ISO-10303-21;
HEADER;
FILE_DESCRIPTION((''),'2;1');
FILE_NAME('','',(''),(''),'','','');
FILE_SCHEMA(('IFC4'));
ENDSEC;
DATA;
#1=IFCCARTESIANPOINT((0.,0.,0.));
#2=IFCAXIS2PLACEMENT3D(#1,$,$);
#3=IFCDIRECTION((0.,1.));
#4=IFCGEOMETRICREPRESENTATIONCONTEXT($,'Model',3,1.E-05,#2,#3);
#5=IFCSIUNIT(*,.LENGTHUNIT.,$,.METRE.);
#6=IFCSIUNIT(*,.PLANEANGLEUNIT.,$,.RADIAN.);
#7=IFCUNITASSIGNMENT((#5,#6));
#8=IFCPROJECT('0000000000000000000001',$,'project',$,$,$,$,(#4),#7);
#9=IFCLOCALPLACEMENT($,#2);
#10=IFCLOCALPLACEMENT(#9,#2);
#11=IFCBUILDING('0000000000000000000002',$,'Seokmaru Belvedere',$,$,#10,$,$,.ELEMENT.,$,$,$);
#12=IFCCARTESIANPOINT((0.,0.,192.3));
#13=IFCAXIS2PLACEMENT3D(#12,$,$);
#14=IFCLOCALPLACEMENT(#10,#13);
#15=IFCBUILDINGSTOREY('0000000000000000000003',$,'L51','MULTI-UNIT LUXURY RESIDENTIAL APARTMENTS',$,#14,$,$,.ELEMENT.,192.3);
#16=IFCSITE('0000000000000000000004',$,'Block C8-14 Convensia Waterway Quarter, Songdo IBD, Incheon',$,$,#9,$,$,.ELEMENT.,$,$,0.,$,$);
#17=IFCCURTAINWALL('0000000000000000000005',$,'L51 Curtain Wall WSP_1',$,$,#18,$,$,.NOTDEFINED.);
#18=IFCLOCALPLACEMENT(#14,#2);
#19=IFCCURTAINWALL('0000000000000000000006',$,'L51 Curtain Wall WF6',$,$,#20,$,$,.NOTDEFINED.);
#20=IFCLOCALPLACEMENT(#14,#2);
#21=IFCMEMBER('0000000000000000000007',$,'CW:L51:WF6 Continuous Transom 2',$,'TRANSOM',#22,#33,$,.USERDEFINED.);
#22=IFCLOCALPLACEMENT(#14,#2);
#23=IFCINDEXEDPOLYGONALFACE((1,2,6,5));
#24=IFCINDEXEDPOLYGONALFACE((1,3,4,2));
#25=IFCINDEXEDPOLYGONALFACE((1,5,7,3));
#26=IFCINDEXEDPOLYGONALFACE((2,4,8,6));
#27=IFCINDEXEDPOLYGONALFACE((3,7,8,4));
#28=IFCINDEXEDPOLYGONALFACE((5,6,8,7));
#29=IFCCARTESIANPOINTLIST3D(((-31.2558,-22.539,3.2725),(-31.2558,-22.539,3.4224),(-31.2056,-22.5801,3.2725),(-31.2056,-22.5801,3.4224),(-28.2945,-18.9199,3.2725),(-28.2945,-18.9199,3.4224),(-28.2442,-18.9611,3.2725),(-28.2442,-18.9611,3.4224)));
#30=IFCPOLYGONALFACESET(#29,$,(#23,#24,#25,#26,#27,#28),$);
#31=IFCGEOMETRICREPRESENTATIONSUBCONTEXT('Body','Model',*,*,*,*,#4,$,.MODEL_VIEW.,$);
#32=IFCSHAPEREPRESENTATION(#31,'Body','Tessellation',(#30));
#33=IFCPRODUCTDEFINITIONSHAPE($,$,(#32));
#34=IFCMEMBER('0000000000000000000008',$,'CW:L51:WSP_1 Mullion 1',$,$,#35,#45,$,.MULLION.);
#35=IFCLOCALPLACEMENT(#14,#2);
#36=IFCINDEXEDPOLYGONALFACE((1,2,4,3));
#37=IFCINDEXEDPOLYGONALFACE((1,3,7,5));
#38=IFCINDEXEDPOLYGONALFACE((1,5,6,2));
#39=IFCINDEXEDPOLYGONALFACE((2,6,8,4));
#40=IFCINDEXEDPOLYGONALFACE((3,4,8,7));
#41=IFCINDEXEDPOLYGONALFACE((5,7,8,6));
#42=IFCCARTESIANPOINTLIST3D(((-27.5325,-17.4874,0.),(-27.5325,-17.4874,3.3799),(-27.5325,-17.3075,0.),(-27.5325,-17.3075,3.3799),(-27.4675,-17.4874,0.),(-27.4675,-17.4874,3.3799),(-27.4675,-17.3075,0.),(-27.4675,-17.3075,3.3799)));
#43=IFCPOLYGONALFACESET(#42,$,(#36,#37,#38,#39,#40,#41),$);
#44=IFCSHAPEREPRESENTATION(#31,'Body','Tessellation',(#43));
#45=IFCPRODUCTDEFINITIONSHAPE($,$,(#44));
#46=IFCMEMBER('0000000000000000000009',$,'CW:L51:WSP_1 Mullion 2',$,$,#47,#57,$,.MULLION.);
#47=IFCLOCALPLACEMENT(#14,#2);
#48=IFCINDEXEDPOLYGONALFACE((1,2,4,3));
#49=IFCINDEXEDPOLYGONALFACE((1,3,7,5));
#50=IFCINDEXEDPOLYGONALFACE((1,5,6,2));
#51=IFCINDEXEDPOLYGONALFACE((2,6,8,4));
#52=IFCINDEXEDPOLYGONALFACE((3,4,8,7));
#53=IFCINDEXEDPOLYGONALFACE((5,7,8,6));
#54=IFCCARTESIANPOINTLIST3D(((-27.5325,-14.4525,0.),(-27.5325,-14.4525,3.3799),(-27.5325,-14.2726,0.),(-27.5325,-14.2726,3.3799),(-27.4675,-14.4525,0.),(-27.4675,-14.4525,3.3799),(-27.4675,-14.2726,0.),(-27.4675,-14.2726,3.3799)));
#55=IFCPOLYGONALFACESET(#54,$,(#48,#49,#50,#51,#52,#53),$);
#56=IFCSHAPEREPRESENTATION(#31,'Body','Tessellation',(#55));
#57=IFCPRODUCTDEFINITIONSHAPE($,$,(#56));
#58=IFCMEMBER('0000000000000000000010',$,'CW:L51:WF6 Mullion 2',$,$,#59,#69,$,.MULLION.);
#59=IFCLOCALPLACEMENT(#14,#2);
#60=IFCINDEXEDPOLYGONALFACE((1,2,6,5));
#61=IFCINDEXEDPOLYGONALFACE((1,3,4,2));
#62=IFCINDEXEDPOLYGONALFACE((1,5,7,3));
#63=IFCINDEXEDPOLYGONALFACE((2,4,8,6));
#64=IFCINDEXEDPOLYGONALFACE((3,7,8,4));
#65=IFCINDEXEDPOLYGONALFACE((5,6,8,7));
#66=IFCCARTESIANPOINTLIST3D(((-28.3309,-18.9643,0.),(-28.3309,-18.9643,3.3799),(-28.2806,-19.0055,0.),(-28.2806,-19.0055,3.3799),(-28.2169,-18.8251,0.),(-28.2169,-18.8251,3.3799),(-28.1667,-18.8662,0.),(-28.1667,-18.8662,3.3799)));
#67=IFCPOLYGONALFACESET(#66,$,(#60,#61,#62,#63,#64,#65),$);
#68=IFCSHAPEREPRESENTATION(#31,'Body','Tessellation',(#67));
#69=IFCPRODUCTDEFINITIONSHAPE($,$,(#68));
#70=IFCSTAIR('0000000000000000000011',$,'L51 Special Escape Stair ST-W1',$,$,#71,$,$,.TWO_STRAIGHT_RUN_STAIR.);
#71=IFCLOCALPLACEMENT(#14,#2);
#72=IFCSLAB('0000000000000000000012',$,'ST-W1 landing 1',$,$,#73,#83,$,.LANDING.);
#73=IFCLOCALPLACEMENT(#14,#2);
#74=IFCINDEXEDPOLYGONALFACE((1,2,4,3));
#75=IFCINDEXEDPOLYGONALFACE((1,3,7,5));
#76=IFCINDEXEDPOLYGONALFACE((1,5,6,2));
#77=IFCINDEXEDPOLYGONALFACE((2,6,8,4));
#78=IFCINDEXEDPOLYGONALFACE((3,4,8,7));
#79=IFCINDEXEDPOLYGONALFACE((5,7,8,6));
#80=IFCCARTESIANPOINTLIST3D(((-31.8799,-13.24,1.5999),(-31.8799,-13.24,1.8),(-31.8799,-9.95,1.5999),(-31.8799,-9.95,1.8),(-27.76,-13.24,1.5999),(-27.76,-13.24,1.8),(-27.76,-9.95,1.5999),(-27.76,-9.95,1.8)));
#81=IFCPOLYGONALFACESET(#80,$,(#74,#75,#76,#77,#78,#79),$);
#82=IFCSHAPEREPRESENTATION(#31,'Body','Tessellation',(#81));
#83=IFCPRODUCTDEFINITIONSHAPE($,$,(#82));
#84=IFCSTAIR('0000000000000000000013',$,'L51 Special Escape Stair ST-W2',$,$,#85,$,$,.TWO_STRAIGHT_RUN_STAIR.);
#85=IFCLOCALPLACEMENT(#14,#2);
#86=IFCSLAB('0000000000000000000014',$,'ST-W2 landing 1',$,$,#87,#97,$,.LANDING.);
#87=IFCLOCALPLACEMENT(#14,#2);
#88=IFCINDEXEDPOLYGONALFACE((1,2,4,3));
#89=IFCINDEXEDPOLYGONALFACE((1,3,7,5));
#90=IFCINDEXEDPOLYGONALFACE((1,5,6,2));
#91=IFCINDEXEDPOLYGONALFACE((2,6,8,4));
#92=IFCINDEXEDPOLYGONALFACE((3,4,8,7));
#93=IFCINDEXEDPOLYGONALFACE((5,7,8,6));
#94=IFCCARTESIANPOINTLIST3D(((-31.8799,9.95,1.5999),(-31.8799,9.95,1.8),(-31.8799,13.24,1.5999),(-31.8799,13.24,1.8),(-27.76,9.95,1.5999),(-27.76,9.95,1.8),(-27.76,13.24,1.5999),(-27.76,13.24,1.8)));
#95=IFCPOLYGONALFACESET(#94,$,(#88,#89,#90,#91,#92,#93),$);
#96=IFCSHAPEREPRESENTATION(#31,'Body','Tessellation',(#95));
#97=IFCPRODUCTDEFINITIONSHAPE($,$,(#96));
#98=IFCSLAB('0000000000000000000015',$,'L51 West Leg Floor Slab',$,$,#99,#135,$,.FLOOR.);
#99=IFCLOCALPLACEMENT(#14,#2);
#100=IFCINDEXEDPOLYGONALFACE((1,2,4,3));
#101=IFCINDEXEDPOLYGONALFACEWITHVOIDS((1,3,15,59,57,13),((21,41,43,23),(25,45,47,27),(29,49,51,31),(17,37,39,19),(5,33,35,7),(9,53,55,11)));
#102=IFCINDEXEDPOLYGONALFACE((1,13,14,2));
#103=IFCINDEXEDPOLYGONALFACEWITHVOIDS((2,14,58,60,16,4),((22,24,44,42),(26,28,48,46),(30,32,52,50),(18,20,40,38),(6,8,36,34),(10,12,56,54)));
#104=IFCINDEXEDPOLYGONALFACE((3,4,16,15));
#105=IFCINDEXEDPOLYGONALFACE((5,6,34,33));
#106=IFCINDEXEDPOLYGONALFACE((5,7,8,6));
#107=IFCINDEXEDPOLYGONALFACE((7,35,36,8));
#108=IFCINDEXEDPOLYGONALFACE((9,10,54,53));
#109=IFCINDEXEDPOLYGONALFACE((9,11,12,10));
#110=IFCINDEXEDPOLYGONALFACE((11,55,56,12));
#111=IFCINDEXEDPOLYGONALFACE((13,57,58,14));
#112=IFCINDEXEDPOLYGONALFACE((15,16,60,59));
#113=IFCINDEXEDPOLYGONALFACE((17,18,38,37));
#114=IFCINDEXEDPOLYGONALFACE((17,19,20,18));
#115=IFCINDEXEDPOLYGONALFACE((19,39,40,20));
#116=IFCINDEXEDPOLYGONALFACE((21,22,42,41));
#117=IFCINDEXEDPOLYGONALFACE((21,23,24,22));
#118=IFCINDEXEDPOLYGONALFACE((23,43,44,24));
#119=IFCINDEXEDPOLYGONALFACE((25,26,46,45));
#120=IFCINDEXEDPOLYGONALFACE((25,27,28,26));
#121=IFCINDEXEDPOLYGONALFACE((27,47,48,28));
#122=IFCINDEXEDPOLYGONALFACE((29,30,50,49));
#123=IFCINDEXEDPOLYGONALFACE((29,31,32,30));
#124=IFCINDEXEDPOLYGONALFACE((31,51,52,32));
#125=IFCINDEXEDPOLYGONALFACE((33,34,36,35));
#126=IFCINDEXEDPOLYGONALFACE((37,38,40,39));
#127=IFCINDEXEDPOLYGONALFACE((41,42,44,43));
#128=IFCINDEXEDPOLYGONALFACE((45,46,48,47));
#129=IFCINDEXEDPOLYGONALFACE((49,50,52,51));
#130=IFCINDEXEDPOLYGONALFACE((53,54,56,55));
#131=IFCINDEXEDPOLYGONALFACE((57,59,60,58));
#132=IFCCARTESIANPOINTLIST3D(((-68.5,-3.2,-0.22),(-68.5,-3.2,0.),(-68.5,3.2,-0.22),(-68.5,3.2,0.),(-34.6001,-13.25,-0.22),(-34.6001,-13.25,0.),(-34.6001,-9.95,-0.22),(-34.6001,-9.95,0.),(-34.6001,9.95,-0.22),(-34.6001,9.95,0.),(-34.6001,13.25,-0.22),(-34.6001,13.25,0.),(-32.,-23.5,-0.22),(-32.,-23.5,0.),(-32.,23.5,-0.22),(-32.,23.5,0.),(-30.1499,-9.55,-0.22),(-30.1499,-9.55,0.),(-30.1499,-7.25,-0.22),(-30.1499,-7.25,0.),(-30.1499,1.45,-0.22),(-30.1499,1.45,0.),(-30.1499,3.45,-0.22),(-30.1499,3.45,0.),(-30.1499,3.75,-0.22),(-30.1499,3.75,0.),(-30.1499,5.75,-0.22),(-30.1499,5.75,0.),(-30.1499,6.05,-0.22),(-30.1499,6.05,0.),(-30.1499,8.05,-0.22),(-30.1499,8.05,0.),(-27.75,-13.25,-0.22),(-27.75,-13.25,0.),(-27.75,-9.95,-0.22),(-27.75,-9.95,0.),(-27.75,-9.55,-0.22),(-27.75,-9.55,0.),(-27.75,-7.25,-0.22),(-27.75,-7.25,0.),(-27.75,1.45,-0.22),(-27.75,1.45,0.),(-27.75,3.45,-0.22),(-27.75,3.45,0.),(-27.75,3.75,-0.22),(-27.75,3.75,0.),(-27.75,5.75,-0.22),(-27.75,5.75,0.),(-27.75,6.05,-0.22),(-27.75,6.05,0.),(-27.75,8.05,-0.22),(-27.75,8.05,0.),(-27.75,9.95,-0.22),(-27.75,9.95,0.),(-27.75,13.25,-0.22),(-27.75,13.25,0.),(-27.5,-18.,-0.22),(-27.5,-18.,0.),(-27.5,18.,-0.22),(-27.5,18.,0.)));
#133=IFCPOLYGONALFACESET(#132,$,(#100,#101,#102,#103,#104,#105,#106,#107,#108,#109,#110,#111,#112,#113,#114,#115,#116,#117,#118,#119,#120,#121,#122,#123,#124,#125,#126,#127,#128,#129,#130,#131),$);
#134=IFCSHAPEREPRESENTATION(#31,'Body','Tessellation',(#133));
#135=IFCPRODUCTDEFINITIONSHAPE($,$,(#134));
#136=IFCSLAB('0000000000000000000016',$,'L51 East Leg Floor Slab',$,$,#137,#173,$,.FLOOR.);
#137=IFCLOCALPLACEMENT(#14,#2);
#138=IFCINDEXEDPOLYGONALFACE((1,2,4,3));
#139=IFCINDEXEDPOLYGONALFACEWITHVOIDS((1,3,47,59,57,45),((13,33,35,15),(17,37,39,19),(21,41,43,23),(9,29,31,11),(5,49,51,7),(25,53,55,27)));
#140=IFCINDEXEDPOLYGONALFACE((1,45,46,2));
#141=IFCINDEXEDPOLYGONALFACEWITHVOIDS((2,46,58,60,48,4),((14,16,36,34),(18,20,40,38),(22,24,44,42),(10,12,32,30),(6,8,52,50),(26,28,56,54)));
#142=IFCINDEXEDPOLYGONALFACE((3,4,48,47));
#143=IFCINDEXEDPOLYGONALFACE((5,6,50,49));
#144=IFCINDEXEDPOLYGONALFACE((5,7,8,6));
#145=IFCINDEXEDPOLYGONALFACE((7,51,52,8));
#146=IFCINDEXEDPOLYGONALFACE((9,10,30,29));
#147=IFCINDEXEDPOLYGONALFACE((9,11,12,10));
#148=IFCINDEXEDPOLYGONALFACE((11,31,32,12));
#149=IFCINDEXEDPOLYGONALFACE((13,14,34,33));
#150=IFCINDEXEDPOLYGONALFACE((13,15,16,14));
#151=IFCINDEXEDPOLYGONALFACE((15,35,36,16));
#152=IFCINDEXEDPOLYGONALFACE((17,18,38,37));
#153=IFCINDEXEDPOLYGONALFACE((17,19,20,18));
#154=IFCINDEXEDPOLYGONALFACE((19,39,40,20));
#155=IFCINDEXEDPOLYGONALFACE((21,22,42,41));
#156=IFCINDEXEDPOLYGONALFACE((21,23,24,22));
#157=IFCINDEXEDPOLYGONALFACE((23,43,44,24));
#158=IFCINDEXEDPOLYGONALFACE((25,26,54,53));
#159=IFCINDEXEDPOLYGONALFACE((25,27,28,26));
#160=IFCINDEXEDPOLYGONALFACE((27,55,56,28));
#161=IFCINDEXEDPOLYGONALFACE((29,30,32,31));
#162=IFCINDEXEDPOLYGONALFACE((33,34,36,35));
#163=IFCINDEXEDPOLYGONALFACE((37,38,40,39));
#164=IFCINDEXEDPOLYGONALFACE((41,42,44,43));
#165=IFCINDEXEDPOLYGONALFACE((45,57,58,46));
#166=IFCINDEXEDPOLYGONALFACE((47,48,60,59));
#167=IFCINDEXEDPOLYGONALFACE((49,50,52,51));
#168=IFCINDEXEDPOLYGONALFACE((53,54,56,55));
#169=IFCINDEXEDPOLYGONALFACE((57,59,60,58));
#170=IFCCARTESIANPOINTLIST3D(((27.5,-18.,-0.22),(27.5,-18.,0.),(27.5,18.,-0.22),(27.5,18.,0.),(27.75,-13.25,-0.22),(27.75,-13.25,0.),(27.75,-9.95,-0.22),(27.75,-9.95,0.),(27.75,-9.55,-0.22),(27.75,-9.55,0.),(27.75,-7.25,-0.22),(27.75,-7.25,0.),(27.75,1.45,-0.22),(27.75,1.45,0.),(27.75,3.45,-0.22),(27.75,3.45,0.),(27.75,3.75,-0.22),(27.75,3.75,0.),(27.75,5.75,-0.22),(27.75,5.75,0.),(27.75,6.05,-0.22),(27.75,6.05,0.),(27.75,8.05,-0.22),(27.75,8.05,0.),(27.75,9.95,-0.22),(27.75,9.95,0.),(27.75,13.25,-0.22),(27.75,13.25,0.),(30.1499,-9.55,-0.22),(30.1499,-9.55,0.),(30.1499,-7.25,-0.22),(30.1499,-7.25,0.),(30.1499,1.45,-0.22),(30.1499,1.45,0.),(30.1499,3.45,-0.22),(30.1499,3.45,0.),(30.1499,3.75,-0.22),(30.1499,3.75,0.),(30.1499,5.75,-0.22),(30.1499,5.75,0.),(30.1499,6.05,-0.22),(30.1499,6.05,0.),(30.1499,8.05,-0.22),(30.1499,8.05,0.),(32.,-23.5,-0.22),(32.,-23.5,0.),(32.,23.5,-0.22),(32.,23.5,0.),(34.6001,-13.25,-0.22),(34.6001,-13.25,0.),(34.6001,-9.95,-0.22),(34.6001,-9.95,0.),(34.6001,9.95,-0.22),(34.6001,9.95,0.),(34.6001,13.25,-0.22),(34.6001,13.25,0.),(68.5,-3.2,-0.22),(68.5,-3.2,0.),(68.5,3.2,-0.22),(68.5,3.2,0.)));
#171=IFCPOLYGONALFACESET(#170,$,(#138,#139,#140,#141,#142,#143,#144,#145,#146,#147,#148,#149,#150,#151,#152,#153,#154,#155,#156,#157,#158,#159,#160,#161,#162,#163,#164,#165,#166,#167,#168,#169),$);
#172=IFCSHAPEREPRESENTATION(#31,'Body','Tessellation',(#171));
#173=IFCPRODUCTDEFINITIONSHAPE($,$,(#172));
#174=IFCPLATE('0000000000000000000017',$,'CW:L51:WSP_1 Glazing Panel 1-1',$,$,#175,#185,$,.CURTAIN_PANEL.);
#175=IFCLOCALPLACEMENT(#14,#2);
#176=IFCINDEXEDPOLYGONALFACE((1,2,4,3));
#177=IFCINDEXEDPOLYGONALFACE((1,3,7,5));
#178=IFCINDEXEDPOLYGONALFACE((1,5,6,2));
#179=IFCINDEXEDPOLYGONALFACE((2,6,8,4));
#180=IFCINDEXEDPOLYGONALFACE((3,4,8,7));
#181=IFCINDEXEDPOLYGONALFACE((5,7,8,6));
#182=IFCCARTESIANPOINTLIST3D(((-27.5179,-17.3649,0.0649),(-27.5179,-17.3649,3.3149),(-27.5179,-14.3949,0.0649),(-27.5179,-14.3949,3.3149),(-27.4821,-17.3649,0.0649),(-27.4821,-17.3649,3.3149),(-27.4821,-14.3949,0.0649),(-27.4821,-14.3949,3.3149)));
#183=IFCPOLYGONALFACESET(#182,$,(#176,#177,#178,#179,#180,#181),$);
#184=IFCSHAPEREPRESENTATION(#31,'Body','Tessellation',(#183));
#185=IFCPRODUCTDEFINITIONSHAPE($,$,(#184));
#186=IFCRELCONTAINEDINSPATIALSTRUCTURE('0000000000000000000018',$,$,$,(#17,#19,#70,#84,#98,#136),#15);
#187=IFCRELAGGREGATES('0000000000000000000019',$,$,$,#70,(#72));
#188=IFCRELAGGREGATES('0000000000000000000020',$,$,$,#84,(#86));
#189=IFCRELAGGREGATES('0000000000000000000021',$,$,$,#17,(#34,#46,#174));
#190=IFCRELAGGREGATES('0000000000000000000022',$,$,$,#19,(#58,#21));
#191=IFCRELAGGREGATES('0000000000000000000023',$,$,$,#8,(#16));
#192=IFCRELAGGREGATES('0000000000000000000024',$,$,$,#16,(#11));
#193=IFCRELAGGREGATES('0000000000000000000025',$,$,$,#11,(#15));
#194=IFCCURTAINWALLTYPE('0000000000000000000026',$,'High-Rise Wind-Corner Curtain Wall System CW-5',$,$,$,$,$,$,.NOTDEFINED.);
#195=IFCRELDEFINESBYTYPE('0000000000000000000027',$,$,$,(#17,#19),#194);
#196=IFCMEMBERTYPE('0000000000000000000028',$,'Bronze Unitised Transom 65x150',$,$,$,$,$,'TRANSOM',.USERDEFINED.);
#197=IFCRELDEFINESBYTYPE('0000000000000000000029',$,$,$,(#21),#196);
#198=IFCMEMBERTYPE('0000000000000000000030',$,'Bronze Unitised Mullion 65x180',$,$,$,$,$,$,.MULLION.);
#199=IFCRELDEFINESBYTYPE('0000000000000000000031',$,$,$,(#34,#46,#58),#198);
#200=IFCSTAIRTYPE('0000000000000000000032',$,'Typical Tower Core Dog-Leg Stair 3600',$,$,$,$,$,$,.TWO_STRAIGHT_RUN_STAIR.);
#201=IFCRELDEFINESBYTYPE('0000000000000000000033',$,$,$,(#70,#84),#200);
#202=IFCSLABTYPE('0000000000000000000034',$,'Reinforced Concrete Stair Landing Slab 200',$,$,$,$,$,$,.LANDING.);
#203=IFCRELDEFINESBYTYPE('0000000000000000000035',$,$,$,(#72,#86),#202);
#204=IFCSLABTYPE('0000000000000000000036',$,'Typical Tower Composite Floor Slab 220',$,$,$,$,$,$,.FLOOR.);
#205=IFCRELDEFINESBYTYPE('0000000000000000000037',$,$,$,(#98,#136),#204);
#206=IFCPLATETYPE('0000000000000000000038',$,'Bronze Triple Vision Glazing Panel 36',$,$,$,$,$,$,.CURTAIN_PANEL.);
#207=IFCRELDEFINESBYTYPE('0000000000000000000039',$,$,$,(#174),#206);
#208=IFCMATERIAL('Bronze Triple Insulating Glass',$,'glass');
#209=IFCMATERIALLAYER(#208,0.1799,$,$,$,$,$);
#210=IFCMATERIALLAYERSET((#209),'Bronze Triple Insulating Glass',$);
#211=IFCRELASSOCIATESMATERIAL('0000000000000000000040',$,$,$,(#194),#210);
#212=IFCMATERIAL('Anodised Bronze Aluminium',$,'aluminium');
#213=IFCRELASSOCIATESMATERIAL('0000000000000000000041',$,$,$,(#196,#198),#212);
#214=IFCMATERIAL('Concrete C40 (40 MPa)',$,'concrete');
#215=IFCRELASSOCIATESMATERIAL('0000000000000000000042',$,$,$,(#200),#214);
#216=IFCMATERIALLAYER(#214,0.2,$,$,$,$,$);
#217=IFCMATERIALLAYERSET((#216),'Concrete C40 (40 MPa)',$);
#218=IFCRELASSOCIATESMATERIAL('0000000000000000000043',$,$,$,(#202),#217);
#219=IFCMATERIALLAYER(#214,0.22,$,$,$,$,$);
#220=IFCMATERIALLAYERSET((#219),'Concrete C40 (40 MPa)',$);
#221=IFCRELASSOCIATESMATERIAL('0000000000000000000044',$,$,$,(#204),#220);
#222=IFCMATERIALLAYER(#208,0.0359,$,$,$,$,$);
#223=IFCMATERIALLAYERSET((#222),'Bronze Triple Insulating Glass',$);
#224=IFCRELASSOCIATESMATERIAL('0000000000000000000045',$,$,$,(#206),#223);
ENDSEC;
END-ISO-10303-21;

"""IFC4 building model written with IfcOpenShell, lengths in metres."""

from ifc_helpers import new_model, si_unit, direction, frame, origin, origin_2d, place, context, subcontext, project, spatial, polyline, rectangle, outline, extrude, source, transform, mapped, material, layer, layer_set, material_profile, profile_set, type_object, type_shapes, element, aggregate, save


model = new_model("IFC4")

# Units and contexts
model_context = context("Model", 3, precision=1e-05, world=origin(), true_north=direction((0.0, 1.0)))
body_context = subcontext(model_context, "Body", "Model", "MODEL_VIEW")
ifc_project = project(units=[si_unit("LENGTHUNIT", "METRE"), si_unit("PLANEANGLEUNIT", "RADIAN")], contexts=[model_context])

# Site, building, storey
site_placement = place(None, origin())
site = spatial("IfcSite", under=ifc_project, at=site_placement, Name="Block C8-14 Convensia Waterway Quarter, Songdo IBD, Incheon", CompositionType="ELEMENT", RefElevation=0.0)
building_placement = place(site_placement, origin())
building = spatial("IfcBuilding", under=site, at=building_placement, Name="Seokmaru Belvedere", CompositionType="ELEMENT")
storey_placement = place(building_placement, frame((0.0, 0.0, 192.3)))
storey = spatial("IfcBuildingStorey", under=building, at=storey_placement, Name="L51", Description="MULTI-UNIT LUXURY RESIDENTIAL APARTMENTS", CompositionType="ELEMENT", Elevation=192.3)

# Curtain wall
ifc_material_1 = material(Name="Bronze Triple Insulating Glass", Category="glass")
ifc_layer_1 = layer(ifc_material_1, 0.1799)
ifc_layer_set_1 = layer_set([ifc_layer_1], Name="Bronze Triple Insulating Glass")
curtain_wall_type = type_object("IfcCurtainWallType", Name="High-Rise Wind-Corner Curtain Wall System CW-5", PredefinedType="NOTDEFINED", material=ifc_layer_set_1)
curtain_wall_1_placement = place(storey_placement, origin())
curtain_wall_1 = element("IfcCurtainWall", 1, at=curtain_wall_1_placement, inside=storey, type_object=curtain_wall_type, Name="L51 Curtain Wall WSP_1", PredefinedType="NOTDEFINED")
ifc_material_2 = material(Name="Anodised Bronze Aluminium", Category="aluminium")
ifc_material_profile_1 = material_profile(ifc_material_2, rectangle(XDim=0.0649, YDim=0.1499, at=origin_2d()), Name="CW-T-65x150")
ifc_profile_set_1 = profile_set([ifc_material_profile_1], Name="Anodised Bronze Aluminium")
member_type_1 = type_object("IfcMemberType", Name="Bronze Unitised Transom 65x150", ElementType="TRANSOM", PredefinedType="USERDEFINED", material=ifc_profile_set_1)

# Curtain wall, member
curtain_wall_2_placement = place(storey_placement, origin())
curtain_wall_2 = element("IfcCurtainWall", 2, at=curtain_wall_2_placement, inside=storey, type_object=curtain_wall_type, Name="L51 Curtain Wall WF6", PredefinedType="NOTDEFINED")
shared_shape_1 = source(origin(), body_context, "Body", "SweptSolid", [
    extrude(rectangle(XDim=0.0649, YDim=0.1499, at=origin_2d()), origin(), (0.0, 0.0, 1.0), 4.6763),
])
member_1_placement = place(storey_placement, frame((-31.2307, -22.5596, 3.3474), z_axis=(0.633278, 0.773925, 0.0), x_axis=(-0.773925, 0.633278, 0.0)))
member_1 = element("IfcMember", 3, at=member_1_placement, type_object=member_type_1, Name="CW:L51:WF6 Continuous Transom 2", ObjectType="TRANSOM", PredefinedType="USERDEFINED", context=body_context, shape_type="MappedRepresentation", body=[
    mapped(shared_shape_1, transform((0.0, 0.0, 0.0), scale=1.0)),
])

# Members
ifc_material_profile_2 = material_profile(ifc_material_2, rectangle(XDim=0.0649, YDim=0.1799, at=origin_2d()), Name="CW-M-65x180")
ifc_profile_set_2 = profile_set([ifc_material_profile_2], Name="Anodised Bronze Aluminium")
member_type_2 = type_object("IfcMemberType", Name="Bronze Unitised Mullion 65x180", PredefinedType="MULLION", material=ifc_profile_set_2)
shared_shape_2 = source(origin(), body_context, "Body", "SweptSolid", [
    extrude(rectangle(XDim=0.0649, YDim=0.1799, at=origin_2d()), origin(), (0.0, 0.0, 1.0), 3.3799),
])
type_shapes(member_type_2, [shared_shape_2])
member_2_placement = place(storey_placement, frame((-27.5, -17.3975, 0.0), z_axis=(0.0, 0.0, 1.0), x_axis=(-1.0, 0.0, 0.0)))
member_2 = element("IfcMember", 4, at=member_2_placement, type_object=member_type_2, Name="CW:L51:WSP_1 Mullion 1", PredefinedType="MULLION", context=body_context, shape_type="MappedRepresentation", body=[
    mapped(shared_shape_2, transform((0.0, 0.0, 0.0), scale=1.0)),
])
member_3_placement = place(storey_placement, frame((-27.5, -14.3625, 0.0), z_axis=(0.0, 0.0, 1.0), x_axis=(-1.0, 0.0, 0.0)))
member_3 = element("IfcMember", 5, at=member_3_placement, type_object=member_type_2, Name="CW:L51:WSP_1 Mullion 2", PredefinedType="MULLION", context=body_context, shape_type="MappedRepresentation", body=[
    mapped(shared_shape_2, transform((0.0, 0.0, 0.0), scale=1.0)),
])
member_4_placement = place(storey_placement, frame((-28.2488, -18.9153, 0.0), z_axis=(0.0, 0.0, 1.0), x_axis=(-0.773944, 0.633254, 0.0)))
member_4 = element("IfcMember", 6, at=member_4_placement, type_object=member_type_2, Name="CW:L51:WF6 Mullion 2", PredefinedType="MULLION", context=body_context, shape_type="MappedRepresentation", body=[
    mapped(shared_shape_2, transform((0.0, 0.0, 0.0), scale=1.0)),
])

# Stairs, slabs
ifc_material_3 = material(Name="Concrete C40 (40 MPa)", Category="concrete")
stair_type = type_object("IfcStairType", Name="Typical Tower Core Dog-Leg Stair 3600", PredefinedType="TWO_STRAIGHT_RUN_STAIR", material=ifc_material_3)
stair_1_placement = place(storey_placement, origin())
stair_1 = element("IfcStair", 7, at=stair_1_placement, inside=storey, type_object=stair_type, Name="L51 Special Escape Stair ST-W1", PredefinedType="TWO_STRAIGHT_RUN_STAIR")
ifc_layer_2 = layer(ifc_material_3, 0.2)
ifc_layer_set_2 = layer_set([ifc_layer_2], Name="Concrete C40 (40 MPa)")
slab_type_1 = type_object("IfcSlabType", Name="Reinforced Concrete Stair Landing Slab 200", PredefinedType="LANDING", material=ifc_layer_set_2)
slab_1_placement = place(storey_placement, frame((0.0, 0.0, 1.5999)))
slab_1 = element("IfcSlab", 8, at=slab_1_placement, type_object=slab_type_1, Name="ST-W1 landing 1", PredefinedType="LANDING", context=body_context, shape_type="SweptSolid", body=[
    extrude(outline(polyline([(-31.8799, -13.24), (-27.76, -13.24), (-27.76, -9.95), (-31.8799, -9.95), (-31.8799, -13.24)])), origin(), (0.0, 0.0, 1.0), 0.2002),
])
aggregate(stair_1, [slab_1])
stair_2_placement = place(storey_placement, origin())
stair_2 = element("IfcStair", 9, at=stair_2_placement, inside=storey, type_object=stair_type, Name="L51 Special Escape Stair ST-W2", PredefinedType="TWO_STRAIGHT_RUN_STAIR")
slab_2_placement = place(storey_placement, frame((0.0, 0.0, 1.5999)))
slab_2 = element("IfcSlab", 10, at=slab_2_placement, type_object=slab_type_1, Name="ST-W2 landing 1", PredefinedType="LANDING", context=body_context, shape_type="SweptSolid", body=[
    extrude(outline(polyline([(-31.8799, 9.95), (-27.76, 9.95), (-27.76, 13.24), (-31.8799, 13.24), (-31.8799, 9.95)])), origin(), (0.0, 0.0, 1.0), 0.2002),
])
aggregate(stair_2, [slab_2])

# Slabs
ifc_layer_3 = layer(ifc_material_3, 0.22)
ifc_layer_set_3 = layer_set([ifc_layer_3], Name="Concrete C40 (40 MPa)")
slab_type_2 = type_object("IfcSlabType", Name="Typical Tower Composite Floor Slab 220", PredefinedType="FLOOR", material=ifc_layer_set_3)
slab_3_placement = place(storey_placement, frame((0.0, 0.0, -0.22)))
element("IfcSlab", 11, at=slab_3_placement, inside=storey, type_object=slab_type_2, Name="L51 West Leg Floor Slab", PredefinedType="FLOOR", context=body_context, shape_type="SweptSolid", body=[
    extrude(outline(polyline([(-27.5, -18.0), (-27.5, 18.0), (-32.0, 23.5), (-68.5, 3.2), (-68.5, -3.2), (-32.0, -23.5), (-27.5, -18.0)]), holes=[polyline([(-34.6001, -13.25), (-27.75, -13.25), (-27.75, -9.95), (-34.6001, -9.95), (-34.6001, -13.25)]), polyline([(-34.6001, 9.95), (-27.75, 9.95), (-27.75, 13.25), (-34.6001, 13.25), (-34.6001, 9.95)]), polyline([(-30.1499, -9.55), (-27.75, -9.55), (-27.75, -7.25), (-30.1499, -7.25), (-30.1499, -9.55)]), polyline([(-30.1499, 1.45), (-27.75, 1.45), (-27.75, 3.45), (-30.1499, 3.45), (-30.1499, 1.45)]), polyline([(-30.1499, 3.75), (-27.75, 3.75), (-27.75, 5.75), (-30.1499, 5.75), (-30.1499, 3.75)]), polyline([(-30.1499, 6.05), (-27.75, 6.05), (-27.75, 8.05), (-30.1499, 8.05), (-30.1499, 6.05)])]), origin(), (0.0, 0.0, 1.0), 0.22),
])
slab_4_placement = place(storey_placement, frame((0.0, 0.0, -0.22)))
element("IfcSlab", 12, at=slab_4_placement, inside=storey, type_object=slab_type_2, Name="L51 East Leg Floor Slab", PredefinedType="FLOOR", context=body_context, shape_type="SweptSolid", body=[
    extrude(outline(polyline([(32.0, -23.5), (68.5, -3.2), (68.5, 3.2), (32.0, 23.5), (27.5, 18.0), (27.5, -18.0), (32.0, -23.5)]), holes=[polyline([(27.75, -13.25), (34.6001, -13.25), (34.6001, -9.95), (27.75, -9.95), (27.75, -13.25)]), polyline([(27.75, 9.95), (34.6001, 9.95), (34.6001, 13.25), (27.75, 13.25), (27.75, 9.95)]), polyline([(27.75, -9.55), (30.1499, -9.55), (30.1499, -7.25), (27.75, -7.25), (27.75, -9.55)]), polyline([(27.75, 1.45), (30.1499, 1.45), (30.1499, 3.45), (27.75, 3.45), (27.75, 1.45)]), polyline([(27.75, 3.75), (30.1499, 3.75), (30.1499, 5.75), (27.75, 5.75), (27.75, 3.75)]), polyline([(27.75, 6.05), (30.1499, 6.05), (30.1499, 8.05), (27.75, 8.05), (27.75, 6.05)])]), origin(), (0.0, 0.0, 1.0), 0.22),
])

# Plate
ifc_layer_4 = layer(ifc_material_1, 0.0359)
ifc_layer_set_4 = layer_set([ifc_layer_4], Name="Bronze Triple Insulating Glass")
plate_type = type_object("IfcPlateType", Name="Bronze Triple Vision Glazing Panel 36", PredefinedType="CURTAIN_PANEL", material=ifc_layer_set_4)
shared_shape_3 = source(origin(), body_context, "Body", "SweptSolid", [
    extrude(rectangle(XDim=2.97, YDim=0.0359, at=origin_2d()), origin(), (0.0, 0.0, 1.0), 3.25),
])
plate_1_placement = place(storey_placement, frame((-27.5, -15.8799, 0.0649), z_axis=(0.0, 0.0, 1.0), x_axis=(0.0, 1.0, 0.0)))
plate_1 = element("IfcPlate", 13, at=plate_1_placement, type_object=plate_type, Name="CW:L51:WSP_1 Glazing Panel 1-1", PredefinedType="CURTAIN_PANEL", context=body_context, shape_type="MappedRepresentation", body=[
    mapped(shared_shape_3, transform((0.0, 0.0, 0.0), scale=1.0)),
])
aggregate(curtain_wall_1, [member_2, member_3, plate_1])
aggregate(curtain_wall_2, [member_4, member_1])

save(model, "model.ifc")
